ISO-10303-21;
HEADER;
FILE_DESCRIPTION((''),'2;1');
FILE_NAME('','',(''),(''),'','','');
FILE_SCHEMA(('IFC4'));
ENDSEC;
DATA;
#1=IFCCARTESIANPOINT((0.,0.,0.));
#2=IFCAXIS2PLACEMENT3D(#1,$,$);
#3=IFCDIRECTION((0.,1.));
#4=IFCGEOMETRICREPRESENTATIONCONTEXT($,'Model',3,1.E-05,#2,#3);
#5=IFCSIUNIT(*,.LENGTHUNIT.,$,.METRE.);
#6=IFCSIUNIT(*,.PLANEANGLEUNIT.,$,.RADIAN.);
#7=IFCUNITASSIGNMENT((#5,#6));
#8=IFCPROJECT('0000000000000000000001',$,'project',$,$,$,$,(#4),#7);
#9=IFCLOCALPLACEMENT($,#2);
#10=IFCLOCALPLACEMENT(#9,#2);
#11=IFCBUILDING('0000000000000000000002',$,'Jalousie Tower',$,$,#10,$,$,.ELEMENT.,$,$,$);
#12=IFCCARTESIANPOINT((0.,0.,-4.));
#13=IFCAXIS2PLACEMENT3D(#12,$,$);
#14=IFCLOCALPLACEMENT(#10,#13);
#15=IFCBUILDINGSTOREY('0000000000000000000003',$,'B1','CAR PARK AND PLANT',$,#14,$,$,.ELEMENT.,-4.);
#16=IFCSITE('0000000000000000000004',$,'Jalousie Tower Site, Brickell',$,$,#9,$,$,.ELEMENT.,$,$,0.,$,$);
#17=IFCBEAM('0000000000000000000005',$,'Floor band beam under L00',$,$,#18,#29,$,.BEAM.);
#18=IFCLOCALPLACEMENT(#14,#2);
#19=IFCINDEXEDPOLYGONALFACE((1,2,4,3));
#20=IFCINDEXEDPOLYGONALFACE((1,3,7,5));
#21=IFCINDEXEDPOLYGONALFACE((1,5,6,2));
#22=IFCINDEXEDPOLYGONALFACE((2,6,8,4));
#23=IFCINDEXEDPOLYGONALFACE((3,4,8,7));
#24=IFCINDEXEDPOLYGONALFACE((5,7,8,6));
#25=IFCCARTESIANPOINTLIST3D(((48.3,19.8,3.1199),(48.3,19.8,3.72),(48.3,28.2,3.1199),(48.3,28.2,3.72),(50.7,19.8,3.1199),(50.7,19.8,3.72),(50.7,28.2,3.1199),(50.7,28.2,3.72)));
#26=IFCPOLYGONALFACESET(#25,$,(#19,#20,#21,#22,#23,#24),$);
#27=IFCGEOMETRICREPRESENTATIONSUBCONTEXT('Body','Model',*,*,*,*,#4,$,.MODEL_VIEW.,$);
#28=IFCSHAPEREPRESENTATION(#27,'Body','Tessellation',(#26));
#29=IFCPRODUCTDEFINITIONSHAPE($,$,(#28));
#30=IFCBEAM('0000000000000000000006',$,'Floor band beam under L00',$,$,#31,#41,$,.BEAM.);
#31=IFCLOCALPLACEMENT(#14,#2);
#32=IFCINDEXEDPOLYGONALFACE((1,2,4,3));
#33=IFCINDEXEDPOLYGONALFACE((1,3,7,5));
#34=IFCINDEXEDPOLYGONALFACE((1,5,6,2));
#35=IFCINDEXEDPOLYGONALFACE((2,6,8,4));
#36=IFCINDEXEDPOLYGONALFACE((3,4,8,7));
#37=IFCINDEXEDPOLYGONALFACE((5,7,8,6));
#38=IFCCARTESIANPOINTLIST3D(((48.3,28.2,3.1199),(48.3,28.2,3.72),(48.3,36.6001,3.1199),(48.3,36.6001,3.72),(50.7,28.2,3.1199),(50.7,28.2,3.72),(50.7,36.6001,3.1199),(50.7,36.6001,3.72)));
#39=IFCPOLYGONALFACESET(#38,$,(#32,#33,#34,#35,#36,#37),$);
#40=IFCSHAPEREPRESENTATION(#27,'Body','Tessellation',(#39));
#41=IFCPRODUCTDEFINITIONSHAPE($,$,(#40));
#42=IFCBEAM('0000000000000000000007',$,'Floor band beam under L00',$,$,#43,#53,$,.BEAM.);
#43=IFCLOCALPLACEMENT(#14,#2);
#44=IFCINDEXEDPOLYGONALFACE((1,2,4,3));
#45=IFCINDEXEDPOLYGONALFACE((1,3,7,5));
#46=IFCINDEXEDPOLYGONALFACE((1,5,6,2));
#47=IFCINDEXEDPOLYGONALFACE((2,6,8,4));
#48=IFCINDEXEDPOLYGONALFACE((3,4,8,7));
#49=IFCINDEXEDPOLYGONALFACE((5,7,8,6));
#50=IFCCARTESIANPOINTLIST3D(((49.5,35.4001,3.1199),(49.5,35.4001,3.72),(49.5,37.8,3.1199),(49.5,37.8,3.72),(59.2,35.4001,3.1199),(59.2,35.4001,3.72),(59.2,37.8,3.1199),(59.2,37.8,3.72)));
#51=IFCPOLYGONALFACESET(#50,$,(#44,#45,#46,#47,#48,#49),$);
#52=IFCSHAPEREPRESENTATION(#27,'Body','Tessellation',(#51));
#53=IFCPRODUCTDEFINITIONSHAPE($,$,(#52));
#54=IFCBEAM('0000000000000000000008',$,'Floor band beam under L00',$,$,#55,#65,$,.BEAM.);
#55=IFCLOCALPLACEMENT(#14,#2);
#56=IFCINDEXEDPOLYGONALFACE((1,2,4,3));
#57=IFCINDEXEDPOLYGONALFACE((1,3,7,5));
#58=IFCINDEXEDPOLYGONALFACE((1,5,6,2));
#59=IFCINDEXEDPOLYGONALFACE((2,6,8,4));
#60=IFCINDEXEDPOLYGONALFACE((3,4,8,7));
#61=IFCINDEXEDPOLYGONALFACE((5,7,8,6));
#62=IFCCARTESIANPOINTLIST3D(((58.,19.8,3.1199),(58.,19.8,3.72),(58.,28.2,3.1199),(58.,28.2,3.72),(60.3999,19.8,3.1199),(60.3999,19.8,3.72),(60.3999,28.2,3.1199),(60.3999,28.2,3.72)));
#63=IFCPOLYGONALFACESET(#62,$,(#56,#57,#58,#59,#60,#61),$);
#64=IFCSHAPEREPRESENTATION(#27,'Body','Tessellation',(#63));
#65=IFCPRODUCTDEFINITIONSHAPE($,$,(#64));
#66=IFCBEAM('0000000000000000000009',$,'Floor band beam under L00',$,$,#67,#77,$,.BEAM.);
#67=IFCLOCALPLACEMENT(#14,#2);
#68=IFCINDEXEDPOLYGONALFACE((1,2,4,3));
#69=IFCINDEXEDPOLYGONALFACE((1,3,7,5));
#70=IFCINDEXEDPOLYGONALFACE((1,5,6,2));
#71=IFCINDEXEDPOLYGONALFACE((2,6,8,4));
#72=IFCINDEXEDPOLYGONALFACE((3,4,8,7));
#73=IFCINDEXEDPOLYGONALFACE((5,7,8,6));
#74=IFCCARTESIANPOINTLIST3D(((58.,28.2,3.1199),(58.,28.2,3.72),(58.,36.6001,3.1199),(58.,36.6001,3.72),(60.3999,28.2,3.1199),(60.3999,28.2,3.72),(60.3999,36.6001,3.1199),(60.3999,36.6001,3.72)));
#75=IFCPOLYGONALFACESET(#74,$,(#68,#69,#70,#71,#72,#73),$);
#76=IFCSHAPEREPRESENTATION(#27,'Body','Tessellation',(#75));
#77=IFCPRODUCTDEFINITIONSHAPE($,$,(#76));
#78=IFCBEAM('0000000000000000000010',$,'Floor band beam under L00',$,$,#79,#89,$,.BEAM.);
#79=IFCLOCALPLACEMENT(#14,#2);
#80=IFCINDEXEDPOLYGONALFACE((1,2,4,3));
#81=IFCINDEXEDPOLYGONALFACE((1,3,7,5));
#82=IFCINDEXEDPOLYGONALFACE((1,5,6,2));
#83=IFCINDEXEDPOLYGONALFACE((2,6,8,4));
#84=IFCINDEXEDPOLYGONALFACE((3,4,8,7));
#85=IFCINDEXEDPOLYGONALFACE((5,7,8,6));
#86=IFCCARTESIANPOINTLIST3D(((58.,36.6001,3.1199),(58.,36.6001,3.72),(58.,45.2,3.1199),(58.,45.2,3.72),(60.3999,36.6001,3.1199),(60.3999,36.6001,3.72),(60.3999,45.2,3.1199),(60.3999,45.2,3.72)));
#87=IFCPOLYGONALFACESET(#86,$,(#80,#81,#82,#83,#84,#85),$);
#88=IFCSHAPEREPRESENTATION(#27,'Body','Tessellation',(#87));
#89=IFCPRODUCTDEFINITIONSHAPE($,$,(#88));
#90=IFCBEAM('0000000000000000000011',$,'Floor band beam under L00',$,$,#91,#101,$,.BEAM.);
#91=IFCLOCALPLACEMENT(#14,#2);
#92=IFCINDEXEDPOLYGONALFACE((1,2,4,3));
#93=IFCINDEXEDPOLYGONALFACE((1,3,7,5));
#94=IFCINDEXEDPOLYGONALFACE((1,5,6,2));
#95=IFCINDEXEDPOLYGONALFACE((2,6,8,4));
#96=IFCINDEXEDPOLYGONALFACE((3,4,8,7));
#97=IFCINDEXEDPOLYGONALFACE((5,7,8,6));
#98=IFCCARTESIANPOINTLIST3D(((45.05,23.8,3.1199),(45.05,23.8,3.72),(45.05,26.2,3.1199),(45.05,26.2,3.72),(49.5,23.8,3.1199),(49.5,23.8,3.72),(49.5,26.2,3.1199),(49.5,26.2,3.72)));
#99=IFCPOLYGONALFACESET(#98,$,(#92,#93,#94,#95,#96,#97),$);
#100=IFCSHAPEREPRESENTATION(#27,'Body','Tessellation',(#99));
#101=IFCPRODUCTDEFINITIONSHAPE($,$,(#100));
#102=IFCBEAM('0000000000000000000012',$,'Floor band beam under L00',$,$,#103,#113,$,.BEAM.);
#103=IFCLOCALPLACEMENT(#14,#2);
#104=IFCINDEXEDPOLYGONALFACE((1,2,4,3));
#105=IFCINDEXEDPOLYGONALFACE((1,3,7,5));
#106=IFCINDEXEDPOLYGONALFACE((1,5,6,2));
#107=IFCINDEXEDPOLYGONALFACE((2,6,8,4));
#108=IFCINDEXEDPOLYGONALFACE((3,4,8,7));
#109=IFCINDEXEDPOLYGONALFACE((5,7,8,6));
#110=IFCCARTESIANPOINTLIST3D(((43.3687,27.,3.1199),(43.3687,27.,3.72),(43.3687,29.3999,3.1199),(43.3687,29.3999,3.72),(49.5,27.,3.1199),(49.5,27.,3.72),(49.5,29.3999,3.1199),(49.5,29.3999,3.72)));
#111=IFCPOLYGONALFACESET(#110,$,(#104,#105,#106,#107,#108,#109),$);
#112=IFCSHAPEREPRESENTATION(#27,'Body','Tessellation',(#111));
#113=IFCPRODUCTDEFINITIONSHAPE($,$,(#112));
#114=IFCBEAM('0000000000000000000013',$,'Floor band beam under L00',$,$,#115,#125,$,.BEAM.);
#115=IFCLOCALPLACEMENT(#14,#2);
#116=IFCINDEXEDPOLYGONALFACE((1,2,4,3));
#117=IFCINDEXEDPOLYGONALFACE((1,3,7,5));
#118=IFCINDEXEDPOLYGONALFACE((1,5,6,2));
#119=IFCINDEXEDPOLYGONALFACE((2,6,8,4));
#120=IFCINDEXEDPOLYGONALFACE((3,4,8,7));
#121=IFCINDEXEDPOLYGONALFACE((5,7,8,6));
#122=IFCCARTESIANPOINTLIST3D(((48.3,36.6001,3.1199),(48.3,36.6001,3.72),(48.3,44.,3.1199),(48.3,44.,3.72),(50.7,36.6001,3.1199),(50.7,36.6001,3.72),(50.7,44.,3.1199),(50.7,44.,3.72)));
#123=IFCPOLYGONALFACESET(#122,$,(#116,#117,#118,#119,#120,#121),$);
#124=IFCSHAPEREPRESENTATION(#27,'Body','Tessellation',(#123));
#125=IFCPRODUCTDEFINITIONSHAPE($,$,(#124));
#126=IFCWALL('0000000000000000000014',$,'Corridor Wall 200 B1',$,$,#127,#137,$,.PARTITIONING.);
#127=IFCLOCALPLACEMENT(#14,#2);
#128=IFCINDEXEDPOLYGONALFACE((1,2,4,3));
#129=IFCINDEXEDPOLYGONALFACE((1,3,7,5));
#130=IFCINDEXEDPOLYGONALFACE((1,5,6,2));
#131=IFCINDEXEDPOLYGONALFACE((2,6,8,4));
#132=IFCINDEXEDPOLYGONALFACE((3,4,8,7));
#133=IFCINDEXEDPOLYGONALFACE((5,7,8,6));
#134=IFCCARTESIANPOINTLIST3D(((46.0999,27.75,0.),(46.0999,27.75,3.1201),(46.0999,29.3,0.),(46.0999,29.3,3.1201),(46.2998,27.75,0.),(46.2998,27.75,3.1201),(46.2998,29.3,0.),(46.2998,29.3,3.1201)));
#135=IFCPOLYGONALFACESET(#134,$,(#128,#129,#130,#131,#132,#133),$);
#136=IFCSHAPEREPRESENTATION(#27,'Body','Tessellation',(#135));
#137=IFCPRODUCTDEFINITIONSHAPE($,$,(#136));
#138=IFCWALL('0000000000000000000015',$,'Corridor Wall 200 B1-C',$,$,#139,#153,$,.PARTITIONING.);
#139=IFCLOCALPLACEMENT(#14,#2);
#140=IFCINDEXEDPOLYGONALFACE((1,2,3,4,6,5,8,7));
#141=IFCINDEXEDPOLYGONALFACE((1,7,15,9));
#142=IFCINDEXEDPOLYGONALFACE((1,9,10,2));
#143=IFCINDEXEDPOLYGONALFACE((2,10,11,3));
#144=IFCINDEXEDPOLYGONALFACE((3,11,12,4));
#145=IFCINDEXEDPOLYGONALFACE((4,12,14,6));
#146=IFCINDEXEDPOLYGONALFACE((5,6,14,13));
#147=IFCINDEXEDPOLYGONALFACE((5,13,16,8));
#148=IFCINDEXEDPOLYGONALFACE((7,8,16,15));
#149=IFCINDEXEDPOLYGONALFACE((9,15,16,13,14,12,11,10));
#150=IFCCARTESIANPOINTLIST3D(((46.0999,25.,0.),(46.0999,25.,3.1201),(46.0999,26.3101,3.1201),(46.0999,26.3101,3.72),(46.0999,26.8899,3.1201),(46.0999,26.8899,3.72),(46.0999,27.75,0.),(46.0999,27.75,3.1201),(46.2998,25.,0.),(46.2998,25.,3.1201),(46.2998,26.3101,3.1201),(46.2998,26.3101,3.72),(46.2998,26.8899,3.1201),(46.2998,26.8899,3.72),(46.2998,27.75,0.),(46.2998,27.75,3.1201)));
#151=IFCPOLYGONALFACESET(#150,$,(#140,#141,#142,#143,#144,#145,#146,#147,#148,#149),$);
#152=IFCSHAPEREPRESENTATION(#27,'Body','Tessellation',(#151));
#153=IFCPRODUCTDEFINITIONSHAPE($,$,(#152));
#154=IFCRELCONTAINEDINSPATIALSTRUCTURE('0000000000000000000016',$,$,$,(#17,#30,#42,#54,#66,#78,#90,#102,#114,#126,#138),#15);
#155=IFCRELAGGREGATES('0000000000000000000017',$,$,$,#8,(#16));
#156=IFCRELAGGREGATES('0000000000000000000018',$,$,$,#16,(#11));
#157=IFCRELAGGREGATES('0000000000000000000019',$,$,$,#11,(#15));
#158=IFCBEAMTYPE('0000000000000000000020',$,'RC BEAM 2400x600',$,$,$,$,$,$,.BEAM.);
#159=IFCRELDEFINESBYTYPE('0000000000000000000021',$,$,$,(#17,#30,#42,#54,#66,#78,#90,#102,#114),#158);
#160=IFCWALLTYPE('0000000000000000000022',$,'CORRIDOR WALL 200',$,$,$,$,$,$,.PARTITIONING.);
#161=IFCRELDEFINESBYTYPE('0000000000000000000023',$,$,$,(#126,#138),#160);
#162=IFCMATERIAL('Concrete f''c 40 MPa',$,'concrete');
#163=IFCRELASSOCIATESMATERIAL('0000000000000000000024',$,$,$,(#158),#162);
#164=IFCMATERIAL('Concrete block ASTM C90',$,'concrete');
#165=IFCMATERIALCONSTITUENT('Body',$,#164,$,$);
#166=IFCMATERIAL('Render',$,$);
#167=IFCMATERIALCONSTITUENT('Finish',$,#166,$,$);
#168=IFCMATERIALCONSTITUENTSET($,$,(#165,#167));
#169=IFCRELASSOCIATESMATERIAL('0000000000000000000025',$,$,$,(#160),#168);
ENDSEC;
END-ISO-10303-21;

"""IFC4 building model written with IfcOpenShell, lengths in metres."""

from ifc_helpers import new_model, si_unit, direction, frame, origin, origin_2d, place, context, subcontext, project, spatial, polyline, rectangle, outline, extrude, material, constituent, constituent_set, material_profile, profile_set, type_object, element, save


model = new_model("IFC4")

# Units and contexts
model_context = context("Model", 3, precision=1e-05, world=origin(), true_north=direction((0.0, 1.0)))
body_context = subcontext(model_context, "Body", "Model", "MODEL_VIEW")
ifc_project = project(units=[si_unit("LENGTHUNIT", "METRE"), si_unit("PLANEANGLEUNIT", "RADIAN")], contexts=[model_context])

# Site, building, storey
site_placement = place(None, origin())
site = spatial("IfcSite", under=ifc_project, at=site_placement, Name="Jalousie Tower Site, Brickell", CompositionType="ELEMENT", RefElevation=0.0)
building_placement = place(site_placement, origin())
building = spatial("IfcBuilding", under=site, at=building_placement, Name="Jalousie Tower", CompositionType="ELEMENT")
storey_placement = place(building_placement, frame((0.0, 0.0, -4.0)))
storey = spatial("IfcBuildingStorey", under=building, at=storey_placement, Name="B1", Description="CAR PARK AND PLANT", CompositionType="ELEMENT", Elevation=-4.0)

# Beams
ifc_material_1 = material(Name="Concrete f'c 40 MPa", Category="concrete")
ifc_material_profile_1 = material_profile(ifc_material_1, rectangle(XDim=2.3999, YDim=0.6001, at=origin_2d()), Name="RC 2400x600")
ifc_profile_set_1 = profile_set([ifc_material_profile_1], Name="Concrete f'c 40 MPa")
beam_type_1 = type_object("IfcBeamType", Name="RC BEAM 2400x600", PredefinedType="BEAM", material=ifc_profile_set_1)
beam_1_placement = place(storey_placement, frame((49.5, 19.8, 3.4199), z_axis=(0.0, 1.0, 0.0), x_axis=(-1.0, 0.0, 0.0)))
element("IfcBeam", 1, at=beam_1_placement, inside=storey, type_object=beam_type_1, Name="Floor band beam under L00", PredefinedType="BEAM", context=body_context, shape_type="SweptSolid", body=[
    extrude(rectangle(XDim=2.3999, YDim=0.6001, at=origin_2d()), origin(), (0.0, 0.0, 1.0), 8.3999),
])
beam_2_placement = place(storey_placement, frame((49.5, 28.2, 3.4199), z_axis=(0.0, 1.0, 0.0), x_axis=(-1.0, 0.0, 0.0)))
element("IfcBeam", 2, at=beam_2_placement, inside=storey, type_object=beam_type_1, Name="Floor band beam under L00", PredefinedType="BEAM", context=body_context, shape_type="SweptSolid", body=[
    extrude(rectangle(XDim=2.3999, YDim=0.6001, at=origin_2d()), origin(), (0.0, 0.0, 1.0), 8.4001),
])
beam_3_placement = place(storey_placement, frame((49.5, 36.6001, 3.4199), z_axis=(1.0, 0.0, 0.0), x_axis=(0.0, 1.0, 0.0)))
element("IfcBeam", 3, at=beam_3_placement, inside=storey, type_object=beam_type_1, Name="Floor band beam under L00", PredefinedType="BEAM", context=body_context, shape_type="SweptSolid", body=[
    extrude(rectangle(XDim=2.3999, YDim=0.6001, at=origin_2d()), origin(), (0.0, 0.0, 1.0), 9.7),
])
beam_4_placement = place(storey_placement, frame((59.2, 19.8, 3.4199), z_axis=(0.0, 1.0, 0.0), x_axis=(-1.0, 0.0, 0.0)))
element("IfcBeam", 4, at=beam_4_placement, inside=storey, type_object=beam_type_1, Name="Floor band beam under L00", PredefinedType="BEAM", context=body_context, shape_type="SweptSolid", body=[
    extrude(rectangle(XDim=2.3999, YDim=0.6001, at=origin_2d()), origin(), (0.0, 0.0, 1.0), 8.3999),
])
beam_5_placement = place(storey_placement, frame((59.2, 28.2, 3.4199), z_axis=(0.0, 1.0, 0.0), x_axis=(-1.0, 0.0, 0.0)))
element("IfcBeam", 5, at=beam_5_placement, inside=storey, type_object=beam_type_1, Name="Floor band beam under L00", PredefinedType="BEAM", context=body_context, shape_type="SweptSolid", body=[
    extrude(rectangle(XDim=2.3999, YDim=0.6001, at=origin_2d()), origin(), (0.0, 0.0, 1.0), 8.4001),
])
beam_6_placement = place(storey_placement, frame((59.2, 36.6001, 3.4199), z_axis=(0.0, 1.0, 0.0), x_axis=(-1.0, 0.0, 0.0)))
element("IfcBeam", 6, at=beam_6_placement, inside=storey, type_object=beam_type_1, Name="Floor band beam under L00", PredefinedType="BEAM", context=body_context, shape_type="SweptSolid", body=[
    extrude(rectangle(XDim=2.3999, YDim=0.6001, at=origin_2d()), origin(), (0.0, 0.0, 1.0), 8.5999),
])
beam_7_placement = place(storey_placement, frame((45.05, 25.0, 3.4199), z_axis=(1.0, 0.0, 0.0), x_axis=(0.0, 1.0, 0.0)))
element("IfcBeam", 7, at=beam_7_placement, inside=storey, type_object=beam_type_1, Name="Floor band beam under L00", PredefinedType="BEAM", context=body_context, shape_type="SweptSolid", body=[
    extrude(rectangle(XDim=2.3999, YDim=0.6001, at=origin_2d()), origin(), (0.0, 0.0, 1.0), 4.45),
])
beam_8_placement = place(storey_placement, frame((49.5, 28.2, 3.4199), z_axis=(-1.0, 0.0, 0.0), x_axis=(0.0, -1.0, 0.0)))
element("IfcBeam", 8, at=beam_8_placement, inside=storey, type_object=beam_type_1, Name="Floor band beam under L00", PredefinedType="BEAM", context=body_context, shape_type="SweptSolid", body=[
    extrude(rectangle(XDim=2.3999, YDim=0.6001, at=origin_2d()), origin(), (0.0, 0.0, 1.0), 6.1313),
])
beam_9_placement = place(storey_placement, frame((49.5, 36.6001, 3.4199), z_axis=(0.0, 1.0, 0.0), x_axis=(-1.0, 0.0, 0.0)))
element("IfcBeam", 9, at=beam_9_placement, inside=storey, type_object=beam_type_1, Name="Floor band beam under L00", PredefinedType="BEAM", context=body_context, shape_type="SweptSolid", body=[
    extrude(rectangle(XDim=2.3999, YDim=0.6001, at=origin_2d()), origin(), (0.0, 0.0, 1.0), 7.3999),
])

# Walls
ifc_material_2 = material(Name="Concrete block ASTM C90", Category="concrete")
ifc_constituent_1 = constituent(ifc_material_2, Name="Body")
ifc_material_3 = material(Name="Render")
ifc_constituent_2 = constituent(ifc_material_3, Name="Finish")
ifc_constituent_set = constituent_set(constituents=[ifc_constituent_1, ifc_constituent_2])
wall_type = type_object("IfcWallType", Name="CORRIDOR WALL 200", PredefinedType="PARTITIONING", material=ifc_constituent_set)
wall_1_placement = place(storey_placement, frame((46.2, 27.75, 0.0), z_axis=(0.0, 0.0, 1.0), x_axis=(0.0, 1.0, 0.0)))
element("IfcWall", 10, at=wall_1_placement, inside=storey, type_object=wall_type, Name="Corridor Wall 200 B1", PredefinedType="PARTITIONING", context=body_context, shape_type="SweptSolid", body=[
    extrude(outline(polyline([(0.0, 0.0), (1.55, 0.0), (1.55, 3.72), (1.55, 3.1201), (0.0, 3.1201), (0.0, 3.72), (0.0, 0.0)])), frame((0.0, 0.1001, 0.0), z_axis=(0.0, -1.0, 0.0), x_axis=(1.0, 0.0, 0.0)), (0.0, 0.0, 1.0), 0.2),
])
wall_2_placement = place(storey_placement, frame((46.2, 25.0, 0.0), z_axis=(0.0, 0.0, 1.0), x_axis=(0.0, 1.0, 0.0)))
element("IfcWall", 11, at=wall_2_placement, inside=storey, type_object=wall_type, Name="Corridor Wall 200 B1-C", PredefinedType="PARTITIONING", context=body_context, shape_type="SweptSolid", body=[
    extrude(outline(polyline([(0.0, 0.0), (2.75, 0.0), (2.75, 3.1201), (1.8899, 3.1201), (1.8899, 3.72), (1.3101, 3.72), (1.3101, 3.1201), (0.0, 3.1201), (0.0, 0.0)])), frame((0.0, 0.1001, 0.0), z_axis=(0.0, -1.0, 0.0), x_axis=(1.0, 0.0, 0.0)), (0.0, 0.0, 1.0), 0.2),
])

save(model, "model.ifc")
